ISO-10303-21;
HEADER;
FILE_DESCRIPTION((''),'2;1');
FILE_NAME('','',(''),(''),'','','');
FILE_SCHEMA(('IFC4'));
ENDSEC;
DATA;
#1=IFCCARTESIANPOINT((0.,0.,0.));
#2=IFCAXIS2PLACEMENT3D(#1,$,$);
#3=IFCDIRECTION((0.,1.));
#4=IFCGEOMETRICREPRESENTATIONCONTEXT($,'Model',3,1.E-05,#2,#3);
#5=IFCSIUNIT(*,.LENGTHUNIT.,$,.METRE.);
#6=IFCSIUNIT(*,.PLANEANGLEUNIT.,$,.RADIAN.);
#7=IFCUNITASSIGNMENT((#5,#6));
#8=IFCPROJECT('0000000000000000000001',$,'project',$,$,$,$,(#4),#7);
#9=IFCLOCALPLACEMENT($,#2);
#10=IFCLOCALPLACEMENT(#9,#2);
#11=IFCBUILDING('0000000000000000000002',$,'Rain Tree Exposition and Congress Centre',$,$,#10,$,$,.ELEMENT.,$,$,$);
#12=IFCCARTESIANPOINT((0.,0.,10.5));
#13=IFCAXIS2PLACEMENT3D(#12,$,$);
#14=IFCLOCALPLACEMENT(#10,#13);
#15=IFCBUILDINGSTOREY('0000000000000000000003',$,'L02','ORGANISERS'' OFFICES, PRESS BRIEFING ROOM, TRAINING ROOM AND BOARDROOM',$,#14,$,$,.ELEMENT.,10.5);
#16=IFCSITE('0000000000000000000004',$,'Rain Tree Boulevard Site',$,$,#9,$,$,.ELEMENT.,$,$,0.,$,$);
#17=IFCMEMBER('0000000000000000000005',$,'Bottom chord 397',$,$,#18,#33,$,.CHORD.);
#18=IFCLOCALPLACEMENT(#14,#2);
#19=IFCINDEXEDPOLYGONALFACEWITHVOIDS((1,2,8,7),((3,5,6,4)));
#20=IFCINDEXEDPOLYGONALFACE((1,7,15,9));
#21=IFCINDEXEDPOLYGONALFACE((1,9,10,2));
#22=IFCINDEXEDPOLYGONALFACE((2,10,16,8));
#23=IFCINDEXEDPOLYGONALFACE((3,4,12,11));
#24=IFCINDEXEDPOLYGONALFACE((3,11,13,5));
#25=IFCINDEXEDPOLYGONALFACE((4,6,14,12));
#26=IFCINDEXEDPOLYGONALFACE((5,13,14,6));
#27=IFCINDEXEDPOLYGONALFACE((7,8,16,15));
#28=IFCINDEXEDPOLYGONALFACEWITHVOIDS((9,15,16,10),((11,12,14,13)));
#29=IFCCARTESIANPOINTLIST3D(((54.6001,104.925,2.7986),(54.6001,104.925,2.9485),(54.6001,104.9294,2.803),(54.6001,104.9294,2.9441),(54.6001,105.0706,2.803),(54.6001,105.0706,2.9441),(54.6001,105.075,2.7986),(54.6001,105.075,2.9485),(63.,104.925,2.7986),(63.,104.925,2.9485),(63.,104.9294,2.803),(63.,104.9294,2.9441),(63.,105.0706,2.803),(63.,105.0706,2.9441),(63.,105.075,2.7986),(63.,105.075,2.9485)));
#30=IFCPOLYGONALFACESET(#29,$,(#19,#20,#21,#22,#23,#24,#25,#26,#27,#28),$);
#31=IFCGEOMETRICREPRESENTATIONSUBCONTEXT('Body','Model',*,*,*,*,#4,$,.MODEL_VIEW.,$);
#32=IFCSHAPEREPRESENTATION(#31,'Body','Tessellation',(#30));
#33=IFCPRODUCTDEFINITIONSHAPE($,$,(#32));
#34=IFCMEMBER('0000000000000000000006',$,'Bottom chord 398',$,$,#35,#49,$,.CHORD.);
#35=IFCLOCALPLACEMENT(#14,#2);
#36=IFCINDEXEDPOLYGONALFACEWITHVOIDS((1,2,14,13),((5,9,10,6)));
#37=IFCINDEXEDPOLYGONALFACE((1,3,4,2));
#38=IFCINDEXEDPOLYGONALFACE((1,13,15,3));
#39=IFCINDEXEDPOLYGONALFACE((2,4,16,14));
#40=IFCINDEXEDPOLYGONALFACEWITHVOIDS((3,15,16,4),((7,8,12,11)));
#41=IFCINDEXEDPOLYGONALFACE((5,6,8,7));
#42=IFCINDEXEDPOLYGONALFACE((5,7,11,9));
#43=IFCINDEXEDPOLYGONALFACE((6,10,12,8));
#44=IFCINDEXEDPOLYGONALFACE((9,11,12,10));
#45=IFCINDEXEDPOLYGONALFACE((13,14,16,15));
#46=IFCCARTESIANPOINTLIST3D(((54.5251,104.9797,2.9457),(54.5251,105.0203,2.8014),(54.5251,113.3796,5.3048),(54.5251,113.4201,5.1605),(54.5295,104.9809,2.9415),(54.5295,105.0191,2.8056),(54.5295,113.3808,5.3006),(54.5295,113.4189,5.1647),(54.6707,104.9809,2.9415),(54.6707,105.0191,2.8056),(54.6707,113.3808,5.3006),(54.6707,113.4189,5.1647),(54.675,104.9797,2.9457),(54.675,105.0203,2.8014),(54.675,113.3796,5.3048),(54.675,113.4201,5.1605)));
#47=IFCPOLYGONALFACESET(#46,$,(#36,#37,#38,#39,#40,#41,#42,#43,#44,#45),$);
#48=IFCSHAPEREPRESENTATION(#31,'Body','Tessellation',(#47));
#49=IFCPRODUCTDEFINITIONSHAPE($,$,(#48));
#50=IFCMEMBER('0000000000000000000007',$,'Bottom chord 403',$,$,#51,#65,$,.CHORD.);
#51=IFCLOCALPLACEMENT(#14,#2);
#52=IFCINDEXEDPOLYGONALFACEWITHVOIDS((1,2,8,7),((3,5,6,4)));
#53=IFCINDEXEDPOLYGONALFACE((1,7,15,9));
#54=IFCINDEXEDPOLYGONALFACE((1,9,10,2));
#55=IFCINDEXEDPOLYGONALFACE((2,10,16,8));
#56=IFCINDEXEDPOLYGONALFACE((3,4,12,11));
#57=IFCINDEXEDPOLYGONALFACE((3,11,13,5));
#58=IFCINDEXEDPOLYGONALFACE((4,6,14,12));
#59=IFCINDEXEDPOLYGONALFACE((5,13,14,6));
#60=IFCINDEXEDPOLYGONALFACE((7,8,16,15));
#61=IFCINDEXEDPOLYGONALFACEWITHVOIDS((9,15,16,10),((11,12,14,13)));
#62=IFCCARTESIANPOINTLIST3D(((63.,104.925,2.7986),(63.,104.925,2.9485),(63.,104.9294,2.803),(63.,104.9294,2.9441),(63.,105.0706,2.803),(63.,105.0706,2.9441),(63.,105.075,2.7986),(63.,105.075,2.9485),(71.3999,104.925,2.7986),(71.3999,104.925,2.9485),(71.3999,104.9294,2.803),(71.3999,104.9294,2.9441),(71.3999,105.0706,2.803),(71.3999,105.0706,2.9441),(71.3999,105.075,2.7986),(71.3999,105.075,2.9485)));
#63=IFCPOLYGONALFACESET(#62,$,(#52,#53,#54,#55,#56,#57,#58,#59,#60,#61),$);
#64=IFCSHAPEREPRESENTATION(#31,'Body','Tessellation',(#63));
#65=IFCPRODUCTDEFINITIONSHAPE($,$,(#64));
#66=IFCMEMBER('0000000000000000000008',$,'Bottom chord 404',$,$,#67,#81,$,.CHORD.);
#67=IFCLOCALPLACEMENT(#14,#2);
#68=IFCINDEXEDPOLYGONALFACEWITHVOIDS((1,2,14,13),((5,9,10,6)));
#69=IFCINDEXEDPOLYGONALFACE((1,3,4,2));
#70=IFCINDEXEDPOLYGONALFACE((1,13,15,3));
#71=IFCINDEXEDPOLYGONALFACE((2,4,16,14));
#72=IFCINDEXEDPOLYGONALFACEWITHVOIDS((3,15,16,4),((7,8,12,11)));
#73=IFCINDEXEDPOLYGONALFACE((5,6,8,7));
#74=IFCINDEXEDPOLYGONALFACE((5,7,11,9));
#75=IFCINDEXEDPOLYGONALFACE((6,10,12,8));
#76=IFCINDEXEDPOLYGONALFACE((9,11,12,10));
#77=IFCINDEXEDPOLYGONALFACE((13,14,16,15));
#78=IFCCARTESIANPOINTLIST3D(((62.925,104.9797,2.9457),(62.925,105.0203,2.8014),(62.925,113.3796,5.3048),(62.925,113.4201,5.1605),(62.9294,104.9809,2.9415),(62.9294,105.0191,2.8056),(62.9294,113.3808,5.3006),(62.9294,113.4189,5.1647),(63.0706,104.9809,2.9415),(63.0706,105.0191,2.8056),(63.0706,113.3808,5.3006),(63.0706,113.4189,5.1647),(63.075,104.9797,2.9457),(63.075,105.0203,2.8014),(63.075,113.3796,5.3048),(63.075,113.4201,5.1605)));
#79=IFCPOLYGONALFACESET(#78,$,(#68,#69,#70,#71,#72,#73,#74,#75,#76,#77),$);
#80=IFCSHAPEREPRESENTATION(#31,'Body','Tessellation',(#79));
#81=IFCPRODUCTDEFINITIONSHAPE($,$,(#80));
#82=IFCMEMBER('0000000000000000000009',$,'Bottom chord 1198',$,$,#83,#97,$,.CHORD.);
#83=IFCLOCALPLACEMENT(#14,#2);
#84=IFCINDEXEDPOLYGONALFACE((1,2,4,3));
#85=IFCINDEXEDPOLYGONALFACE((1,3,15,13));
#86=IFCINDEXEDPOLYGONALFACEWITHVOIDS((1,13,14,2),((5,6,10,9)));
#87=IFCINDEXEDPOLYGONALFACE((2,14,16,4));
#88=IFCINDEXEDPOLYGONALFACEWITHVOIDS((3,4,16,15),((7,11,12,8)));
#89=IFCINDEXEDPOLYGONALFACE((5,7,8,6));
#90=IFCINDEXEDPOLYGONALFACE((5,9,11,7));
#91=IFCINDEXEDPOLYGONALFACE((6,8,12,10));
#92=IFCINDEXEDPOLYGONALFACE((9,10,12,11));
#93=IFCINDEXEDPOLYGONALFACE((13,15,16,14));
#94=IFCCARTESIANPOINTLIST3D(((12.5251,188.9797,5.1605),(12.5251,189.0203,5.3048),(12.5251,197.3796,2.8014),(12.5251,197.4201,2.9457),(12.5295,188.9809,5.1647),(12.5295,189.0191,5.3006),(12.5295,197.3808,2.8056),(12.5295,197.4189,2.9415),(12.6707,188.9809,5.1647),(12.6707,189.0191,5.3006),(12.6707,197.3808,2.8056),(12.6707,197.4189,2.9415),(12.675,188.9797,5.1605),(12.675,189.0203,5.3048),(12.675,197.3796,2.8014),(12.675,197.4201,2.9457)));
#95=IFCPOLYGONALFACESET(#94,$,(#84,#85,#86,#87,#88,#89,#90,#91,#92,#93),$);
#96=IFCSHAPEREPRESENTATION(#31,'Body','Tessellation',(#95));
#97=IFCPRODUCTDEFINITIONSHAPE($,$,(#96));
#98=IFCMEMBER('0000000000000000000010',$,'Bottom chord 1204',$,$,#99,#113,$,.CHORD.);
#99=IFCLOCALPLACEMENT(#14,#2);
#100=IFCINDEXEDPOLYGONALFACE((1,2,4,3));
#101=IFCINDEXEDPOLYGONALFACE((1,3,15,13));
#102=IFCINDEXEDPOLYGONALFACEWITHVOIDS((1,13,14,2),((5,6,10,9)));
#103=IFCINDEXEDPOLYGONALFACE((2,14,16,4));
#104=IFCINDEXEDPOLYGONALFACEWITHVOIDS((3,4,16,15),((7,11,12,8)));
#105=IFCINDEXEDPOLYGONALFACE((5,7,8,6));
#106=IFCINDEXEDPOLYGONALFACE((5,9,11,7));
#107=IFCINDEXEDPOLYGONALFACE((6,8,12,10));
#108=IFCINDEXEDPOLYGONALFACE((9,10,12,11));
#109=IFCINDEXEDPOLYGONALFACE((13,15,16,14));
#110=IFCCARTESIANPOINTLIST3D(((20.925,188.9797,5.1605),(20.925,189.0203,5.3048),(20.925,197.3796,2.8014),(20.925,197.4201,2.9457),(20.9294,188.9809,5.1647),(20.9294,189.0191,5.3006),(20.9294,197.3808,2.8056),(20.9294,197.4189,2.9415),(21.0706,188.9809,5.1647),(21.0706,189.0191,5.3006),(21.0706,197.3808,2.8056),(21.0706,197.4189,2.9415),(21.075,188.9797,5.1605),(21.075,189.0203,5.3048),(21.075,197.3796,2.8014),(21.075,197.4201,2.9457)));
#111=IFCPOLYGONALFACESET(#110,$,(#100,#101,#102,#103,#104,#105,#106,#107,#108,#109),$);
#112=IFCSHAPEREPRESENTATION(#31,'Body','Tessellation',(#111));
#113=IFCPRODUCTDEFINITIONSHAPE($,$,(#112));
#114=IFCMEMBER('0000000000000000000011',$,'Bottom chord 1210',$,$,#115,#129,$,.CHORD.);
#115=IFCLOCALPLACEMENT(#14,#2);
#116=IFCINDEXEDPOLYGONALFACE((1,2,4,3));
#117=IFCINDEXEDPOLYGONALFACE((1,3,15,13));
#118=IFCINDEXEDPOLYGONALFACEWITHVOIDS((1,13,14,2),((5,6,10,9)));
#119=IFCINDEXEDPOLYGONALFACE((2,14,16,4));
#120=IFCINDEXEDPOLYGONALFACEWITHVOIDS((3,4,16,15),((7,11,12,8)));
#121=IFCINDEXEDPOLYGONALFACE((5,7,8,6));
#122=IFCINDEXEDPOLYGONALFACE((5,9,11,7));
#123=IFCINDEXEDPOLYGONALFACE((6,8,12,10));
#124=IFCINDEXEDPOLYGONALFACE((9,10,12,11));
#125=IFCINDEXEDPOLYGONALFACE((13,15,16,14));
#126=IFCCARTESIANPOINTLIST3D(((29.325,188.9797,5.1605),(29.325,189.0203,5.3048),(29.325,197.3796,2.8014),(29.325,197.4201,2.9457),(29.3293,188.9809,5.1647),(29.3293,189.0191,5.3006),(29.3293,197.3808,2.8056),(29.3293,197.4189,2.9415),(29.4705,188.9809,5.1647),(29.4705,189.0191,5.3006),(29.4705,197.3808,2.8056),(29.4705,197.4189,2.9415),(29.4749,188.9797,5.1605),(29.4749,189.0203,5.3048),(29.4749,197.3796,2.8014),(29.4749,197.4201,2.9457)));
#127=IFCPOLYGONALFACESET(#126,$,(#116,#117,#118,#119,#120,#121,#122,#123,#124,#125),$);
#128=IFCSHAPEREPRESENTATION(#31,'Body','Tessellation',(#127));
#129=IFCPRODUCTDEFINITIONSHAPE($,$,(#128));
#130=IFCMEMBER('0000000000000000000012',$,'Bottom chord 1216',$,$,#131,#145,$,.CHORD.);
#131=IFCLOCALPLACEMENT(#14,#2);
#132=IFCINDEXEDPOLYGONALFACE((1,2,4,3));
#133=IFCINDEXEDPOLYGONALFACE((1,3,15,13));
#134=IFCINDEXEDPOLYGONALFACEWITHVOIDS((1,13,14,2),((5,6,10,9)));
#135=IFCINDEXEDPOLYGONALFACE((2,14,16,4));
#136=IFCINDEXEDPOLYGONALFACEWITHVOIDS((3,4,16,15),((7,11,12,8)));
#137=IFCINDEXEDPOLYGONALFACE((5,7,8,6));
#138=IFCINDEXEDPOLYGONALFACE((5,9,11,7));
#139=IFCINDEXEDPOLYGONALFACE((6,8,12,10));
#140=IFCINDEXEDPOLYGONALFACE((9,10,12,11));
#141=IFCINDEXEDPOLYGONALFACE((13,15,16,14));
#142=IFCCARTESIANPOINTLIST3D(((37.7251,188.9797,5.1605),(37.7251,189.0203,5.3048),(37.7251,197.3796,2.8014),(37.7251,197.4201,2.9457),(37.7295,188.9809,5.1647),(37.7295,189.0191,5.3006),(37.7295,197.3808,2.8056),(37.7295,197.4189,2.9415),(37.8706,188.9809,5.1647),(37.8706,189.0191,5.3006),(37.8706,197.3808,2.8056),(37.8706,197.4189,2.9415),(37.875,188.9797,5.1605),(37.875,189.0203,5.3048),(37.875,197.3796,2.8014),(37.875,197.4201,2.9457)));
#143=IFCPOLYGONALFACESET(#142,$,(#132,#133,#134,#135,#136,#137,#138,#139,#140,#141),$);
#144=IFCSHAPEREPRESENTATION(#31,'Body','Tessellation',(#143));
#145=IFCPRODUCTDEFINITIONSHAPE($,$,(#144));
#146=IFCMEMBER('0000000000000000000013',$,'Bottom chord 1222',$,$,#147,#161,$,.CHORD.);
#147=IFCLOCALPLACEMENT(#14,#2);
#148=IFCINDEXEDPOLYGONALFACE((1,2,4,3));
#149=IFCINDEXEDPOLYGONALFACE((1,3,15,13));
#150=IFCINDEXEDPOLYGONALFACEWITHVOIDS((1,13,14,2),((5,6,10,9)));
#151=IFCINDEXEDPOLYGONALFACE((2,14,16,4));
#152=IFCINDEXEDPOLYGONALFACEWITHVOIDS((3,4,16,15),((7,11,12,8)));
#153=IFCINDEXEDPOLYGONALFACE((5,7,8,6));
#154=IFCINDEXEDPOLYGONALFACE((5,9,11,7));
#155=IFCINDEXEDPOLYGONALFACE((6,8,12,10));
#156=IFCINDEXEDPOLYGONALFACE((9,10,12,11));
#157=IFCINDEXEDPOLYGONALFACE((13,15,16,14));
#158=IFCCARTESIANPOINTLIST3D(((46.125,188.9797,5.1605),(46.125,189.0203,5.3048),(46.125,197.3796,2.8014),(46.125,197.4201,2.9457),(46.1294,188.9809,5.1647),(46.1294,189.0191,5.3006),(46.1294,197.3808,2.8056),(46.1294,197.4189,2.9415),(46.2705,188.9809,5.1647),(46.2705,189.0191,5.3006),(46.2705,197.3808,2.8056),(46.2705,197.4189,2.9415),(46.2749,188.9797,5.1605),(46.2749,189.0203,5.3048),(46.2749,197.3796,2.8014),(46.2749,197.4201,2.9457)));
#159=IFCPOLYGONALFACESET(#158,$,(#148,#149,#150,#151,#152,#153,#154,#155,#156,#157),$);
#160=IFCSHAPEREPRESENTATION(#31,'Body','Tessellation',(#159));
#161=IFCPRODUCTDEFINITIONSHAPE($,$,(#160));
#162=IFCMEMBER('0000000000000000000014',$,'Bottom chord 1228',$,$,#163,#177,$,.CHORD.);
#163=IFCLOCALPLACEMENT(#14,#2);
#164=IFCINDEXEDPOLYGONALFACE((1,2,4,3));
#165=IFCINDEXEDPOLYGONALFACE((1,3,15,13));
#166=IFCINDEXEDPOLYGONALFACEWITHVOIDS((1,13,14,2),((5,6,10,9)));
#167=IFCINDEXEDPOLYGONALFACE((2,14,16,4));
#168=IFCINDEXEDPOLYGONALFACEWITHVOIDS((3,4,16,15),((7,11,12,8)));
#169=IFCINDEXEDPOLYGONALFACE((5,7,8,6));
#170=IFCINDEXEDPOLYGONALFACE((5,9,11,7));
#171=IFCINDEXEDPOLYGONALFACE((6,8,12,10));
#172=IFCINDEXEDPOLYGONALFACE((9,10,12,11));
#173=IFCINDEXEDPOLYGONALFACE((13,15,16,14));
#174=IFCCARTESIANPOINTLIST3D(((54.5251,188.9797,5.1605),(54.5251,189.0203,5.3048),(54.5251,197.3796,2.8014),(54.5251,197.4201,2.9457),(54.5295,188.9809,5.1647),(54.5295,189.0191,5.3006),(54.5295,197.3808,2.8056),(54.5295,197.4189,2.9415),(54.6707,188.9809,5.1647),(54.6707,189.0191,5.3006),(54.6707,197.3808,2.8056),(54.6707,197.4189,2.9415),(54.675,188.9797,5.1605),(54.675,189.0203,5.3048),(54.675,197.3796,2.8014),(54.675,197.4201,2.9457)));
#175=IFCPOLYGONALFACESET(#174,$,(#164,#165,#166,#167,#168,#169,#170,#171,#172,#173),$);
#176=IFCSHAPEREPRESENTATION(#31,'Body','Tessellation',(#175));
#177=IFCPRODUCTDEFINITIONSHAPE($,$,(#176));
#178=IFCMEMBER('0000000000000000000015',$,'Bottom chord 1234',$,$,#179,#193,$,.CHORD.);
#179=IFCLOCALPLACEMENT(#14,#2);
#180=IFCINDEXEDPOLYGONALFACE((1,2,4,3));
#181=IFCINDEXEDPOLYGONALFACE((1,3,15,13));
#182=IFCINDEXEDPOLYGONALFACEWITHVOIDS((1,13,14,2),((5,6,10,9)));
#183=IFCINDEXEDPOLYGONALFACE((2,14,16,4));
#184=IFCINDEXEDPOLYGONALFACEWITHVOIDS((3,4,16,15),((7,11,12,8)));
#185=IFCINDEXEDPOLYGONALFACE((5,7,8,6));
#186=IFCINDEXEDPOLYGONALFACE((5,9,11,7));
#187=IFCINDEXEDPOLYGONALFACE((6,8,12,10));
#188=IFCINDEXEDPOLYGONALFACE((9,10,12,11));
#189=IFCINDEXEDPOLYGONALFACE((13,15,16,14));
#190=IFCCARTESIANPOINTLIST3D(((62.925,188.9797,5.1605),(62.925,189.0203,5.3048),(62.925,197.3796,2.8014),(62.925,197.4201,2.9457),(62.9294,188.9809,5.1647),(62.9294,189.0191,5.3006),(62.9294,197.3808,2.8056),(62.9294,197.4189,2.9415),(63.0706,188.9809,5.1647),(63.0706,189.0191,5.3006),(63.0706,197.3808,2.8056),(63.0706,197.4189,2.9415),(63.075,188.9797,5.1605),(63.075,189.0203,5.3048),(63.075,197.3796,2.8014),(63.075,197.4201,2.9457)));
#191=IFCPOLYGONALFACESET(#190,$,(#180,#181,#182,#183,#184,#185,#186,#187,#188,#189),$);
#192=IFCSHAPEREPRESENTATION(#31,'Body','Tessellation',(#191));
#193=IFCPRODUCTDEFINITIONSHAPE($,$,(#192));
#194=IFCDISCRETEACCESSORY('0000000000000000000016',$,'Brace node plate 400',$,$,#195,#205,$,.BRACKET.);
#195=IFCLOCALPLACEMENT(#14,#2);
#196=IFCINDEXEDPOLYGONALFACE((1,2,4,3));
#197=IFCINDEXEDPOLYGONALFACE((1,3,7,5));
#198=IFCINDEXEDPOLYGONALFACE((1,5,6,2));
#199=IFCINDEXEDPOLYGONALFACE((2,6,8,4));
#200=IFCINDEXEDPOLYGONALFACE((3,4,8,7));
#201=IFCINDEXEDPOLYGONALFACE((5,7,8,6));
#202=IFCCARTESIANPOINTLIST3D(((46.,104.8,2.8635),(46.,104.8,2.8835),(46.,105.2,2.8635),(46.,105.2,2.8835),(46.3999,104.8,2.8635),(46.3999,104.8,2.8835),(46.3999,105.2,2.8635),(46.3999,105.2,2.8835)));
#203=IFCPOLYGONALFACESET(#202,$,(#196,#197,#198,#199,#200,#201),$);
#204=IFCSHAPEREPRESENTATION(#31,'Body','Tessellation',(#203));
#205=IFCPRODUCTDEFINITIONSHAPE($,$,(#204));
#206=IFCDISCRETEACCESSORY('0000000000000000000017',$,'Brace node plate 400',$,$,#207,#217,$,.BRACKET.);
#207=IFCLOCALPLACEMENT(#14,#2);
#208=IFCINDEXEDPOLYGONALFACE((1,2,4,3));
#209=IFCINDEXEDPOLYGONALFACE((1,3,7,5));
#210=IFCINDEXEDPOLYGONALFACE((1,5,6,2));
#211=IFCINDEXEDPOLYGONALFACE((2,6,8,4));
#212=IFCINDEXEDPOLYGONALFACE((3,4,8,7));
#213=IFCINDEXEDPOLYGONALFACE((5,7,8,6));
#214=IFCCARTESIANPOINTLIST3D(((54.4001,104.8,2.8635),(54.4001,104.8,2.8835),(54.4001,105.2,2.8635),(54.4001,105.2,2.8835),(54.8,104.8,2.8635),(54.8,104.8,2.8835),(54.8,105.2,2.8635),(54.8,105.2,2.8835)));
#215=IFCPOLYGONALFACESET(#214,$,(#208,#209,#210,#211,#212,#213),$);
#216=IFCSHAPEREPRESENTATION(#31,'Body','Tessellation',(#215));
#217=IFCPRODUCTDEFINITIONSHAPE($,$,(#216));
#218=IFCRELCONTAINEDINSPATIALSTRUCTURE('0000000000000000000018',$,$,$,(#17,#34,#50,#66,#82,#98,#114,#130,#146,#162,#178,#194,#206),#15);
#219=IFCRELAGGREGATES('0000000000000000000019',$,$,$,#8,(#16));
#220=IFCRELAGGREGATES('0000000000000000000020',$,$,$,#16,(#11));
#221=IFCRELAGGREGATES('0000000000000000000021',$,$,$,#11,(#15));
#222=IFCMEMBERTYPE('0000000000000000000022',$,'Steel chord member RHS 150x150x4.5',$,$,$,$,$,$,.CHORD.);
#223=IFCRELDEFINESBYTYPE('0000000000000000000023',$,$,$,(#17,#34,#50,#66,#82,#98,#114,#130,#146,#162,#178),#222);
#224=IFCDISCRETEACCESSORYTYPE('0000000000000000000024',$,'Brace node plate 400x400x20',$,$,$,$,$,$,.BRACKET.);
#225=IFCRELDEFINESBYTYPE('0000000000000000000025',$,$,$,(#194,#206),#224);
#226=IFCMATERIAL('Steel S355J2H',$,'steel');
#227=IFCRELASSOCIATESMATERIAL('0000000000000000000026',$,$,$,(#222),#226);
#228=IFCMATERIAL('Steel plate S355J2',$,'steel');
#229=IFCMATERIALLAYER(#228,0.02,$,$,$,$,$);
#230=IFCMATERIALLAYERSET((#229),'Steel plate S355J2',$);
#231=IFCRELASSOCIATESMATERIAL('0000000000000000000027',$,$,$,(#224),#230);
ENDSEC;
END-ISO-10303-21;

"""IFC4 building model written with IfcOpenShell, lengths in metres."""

from ifc_helpers import new_model, si_unit, direction, frame, origin, origin_2d, place, context, subcontext, project, spatial, rectangle, hollow_rectangle, extrude, material, layer, layer_set, material_profile, profile_set, type_object, element, save


model = new_model("IFC4")

# Units and contexts
model_context = context("Model", 3, precision=1e-05, world=origin(), true_north=direction((0.0, 1.0)))
body_context = subcontext(model_context, "Body", "Model", "MODEL_VIEW")
ifc_project = project(units=[si_unit("LENGTHUNIT", "METRE"), si_unit("PLANEANGLEUNIT", "RADIAN")], contexts=[model_context])

# Site, building, storey
site_placement = place(None, origin())
site = spatial("IfcSite", under=ifc_project, at=site_placement, Name="Rain Tree Boulevard Site", CompositionType="ELEMENT", RefElevation=0.0)
building_placement = place(site_placement, origin())
building = spatial("IfcBuilding", under=site, at=building_placement, Name="Rain Tree Exposition and Congress Centre", CompositionType="ELEMENT")
storey_placement = place(building_placement, frame((0.0, 0.0, 10.5)))
storey = spatial("IfcBuildingStorey", under=building, at=storey_placement, Name="L02", Description="ORGANISERS' OFFICES, PRESS BRIEFING ROOM, TRAINING ROOM AND BOARDROOM", CompositionType="ELEMENT", Elevation=10.5)

# Members
ifc_material_1 = material(Name="Steel S355J2H", Category="steel")
ifc_material_profile_1 = material_profile(ifc_material_1, hollow_rectangle(XDim=0.1499, YDim=0.1499, WallThickness=0.0044, at=origin_2d()), Name="RHS 150x150x4.5")
ifc_profile_set_1 = profile_set([ifc_material_profile_1], Name="Steel S355J2H")
member_type_1 = type_object("IfcMemberType", Name="Steel chord member RHS 150x150x4.5", PredefinedType="CHORD", material=ifc_profile_set_1)
member_1_placement = place(storey_placement, frame((54.6001, 105.0, 2.8735), z_axis=(1.0, 0.0, 0.0), x_axis=(0.0, 1.0, 0.0)))
element("IfcMember", 1, at=member_1_placement, inside=storey, type_object=member_type_1, Name="Bottom chord 397", PredefinedType="CHORD", context=body_context, shape_type="SweptSolid", body=[
    extrude(hollow_rectangle(XDim=0.1499, YDim=0.1499, WallThickness=0.0044, at=origin_2d()), origin(), (0.0, 0.0, 1.0), 8.3999),
])
member_2_placement = place(storey_placement, frame((54.6001, 105.0, 2.8735), z_axis=(0.0, 0.962751, 0.270391), x_axis=(-1.0, 0.0, 0.0)))
element("IfcMember", 2, at=member_2_placement, inside=storey, type_object=member_type_1, Name="Bottom chord 398", PredefinedType="CHORD", context=body_context, shape_type="SweptSolid", body=[
    extrude(hollow_rectangle(XDim=0.1499, YDim=0.1499, WallThickness=0.0044, at=origin_2d()), origin(), (0.0, 0.0, 1.0), 8.7249),
])
member_3_placement = place(storey_placement, frame((63.0, 105.0, 2.8735), z_axis=(1.0, 0.0, 0.0), x_axis=(0.0, 1.0, 0.0)))
element("IfcMember", 3, at=member_3_placement, inside=storey, type_object=member_type_1, Name="Bottom chord 403", PredefinedType="CHORD", context=body_context, shape_type="SweptSolid", body=[
    extrude(hollow_rectangle(XDim=0.1499, YDim=0.1499, WallThickness=0.0044, at=origin_2d()), origin(), (0.0, 0.0, 1.0), 8.3999),
])
for number, where, z_axis, x_axis, name in (
    (4, (63.0, 105.0, 2.8735), (0.0, 0.962751, 0.270391), (-1.0, 0.0, 0.0), "Bottom chord 404"),
    (5, (12.6001, 189.0, 5.2327), (0.0, 0.962751, -0.270391), (-1.0, 0.0, 0.0), "Bottom chord 1198"),
    (6, (21.0, 189.0, 5.2327), (0.0, 0.962751, -0.270391), (-1.0, 0.0, 0.0), "Bottom chord 1204"),
    (7, (29.3999, 189.0, 5.2327), (0.0, 0.962751, -0.270391), (-1.0, 0.0, 0.0), "Bottom chord 1210"),
    (8, (37.8, 189.0, 5.2327), (0.0, 0.962751, -0.270391), (-1.0, 0.0, 0.0), "Bottom chord 1216"),
    (9, (46.2, 189.0, 5.2327), (0.0, 0.962751, -0.270391), (-1.0, 0.0, 0.0), "Bottom chord 1222"),
    (10, (54.6001, 189.0, 5.2327), (0.0, 0.962751, -0.270391), (-1.0, 0.0, 0.0), "Bottom chord 1228"),
    (11, (63.0, 189.0, 5.2327), (0.0, 0.962751, -0.270391), (-1.0, 0.0, 0.0), "Bottom chord 1234"),
):
    element("IfcMember", number, at=place(storey_placement, frame(where, z_axis=z_axis, x_axis=x_axis)), inside=storey, type_object=member_type_1, Name=name, PredefinedType="CHORD", context=body_context, shape_type="SweptSolid", body=[
        extrude(hollow_rectangle(XDim=0.1499, YDim=0.1499, WallThickness=0.0044, at=origin_2d()), origin(), (0.0, 0.0, 1.0), 8.7249),
    ])

# Discrete accessories
ifc_material_2 = material(Name="Steel plate S355J2", Category="steel")
ifc_layer_1 = layer(ifc_material_2, 0.02)
ifc_layer_set_1 = layer_set([ifc_layer_1], Name="Steel plate S355J2")
discrete_accessory_type_1 = type_object("IfcDiscreteAccessoryType", Name="Brace node plate 400x400x20", PredefinedType="BRACKET", material=ifc_layer_set_1)
for number, where, z_axis, x_axis, name in (
    (12, (46.2, 105.0, 2.8635), (0.0, 0.0, 1.0), (1.0, 0.0, 0.0), "Brace node plate 400"),
    (13, (54.6001, 105.0, 2.8635), (0.0, 0.0, 1.0), (1.0, 0.0, 0.0), "Brace node plate 400"),
):
    element("IfcDiscreteAccessory", number, at=place(storey_placement, frame(where, z_axis=z_axis, x_axis=x_axis)), inside=storey, type_object=discrete_accessory_type_1, Name=name, PredefinedType="BRACKET", context=body_context, shape_type="SweptSolid", body=[
        extrude(rectangle(XDim=0.3999, YDim=0.3999, at=origin_2d()), origin(), (0.0, 0.0, 1.0), 0.02),
    ])

save(model, "model.ifc")
